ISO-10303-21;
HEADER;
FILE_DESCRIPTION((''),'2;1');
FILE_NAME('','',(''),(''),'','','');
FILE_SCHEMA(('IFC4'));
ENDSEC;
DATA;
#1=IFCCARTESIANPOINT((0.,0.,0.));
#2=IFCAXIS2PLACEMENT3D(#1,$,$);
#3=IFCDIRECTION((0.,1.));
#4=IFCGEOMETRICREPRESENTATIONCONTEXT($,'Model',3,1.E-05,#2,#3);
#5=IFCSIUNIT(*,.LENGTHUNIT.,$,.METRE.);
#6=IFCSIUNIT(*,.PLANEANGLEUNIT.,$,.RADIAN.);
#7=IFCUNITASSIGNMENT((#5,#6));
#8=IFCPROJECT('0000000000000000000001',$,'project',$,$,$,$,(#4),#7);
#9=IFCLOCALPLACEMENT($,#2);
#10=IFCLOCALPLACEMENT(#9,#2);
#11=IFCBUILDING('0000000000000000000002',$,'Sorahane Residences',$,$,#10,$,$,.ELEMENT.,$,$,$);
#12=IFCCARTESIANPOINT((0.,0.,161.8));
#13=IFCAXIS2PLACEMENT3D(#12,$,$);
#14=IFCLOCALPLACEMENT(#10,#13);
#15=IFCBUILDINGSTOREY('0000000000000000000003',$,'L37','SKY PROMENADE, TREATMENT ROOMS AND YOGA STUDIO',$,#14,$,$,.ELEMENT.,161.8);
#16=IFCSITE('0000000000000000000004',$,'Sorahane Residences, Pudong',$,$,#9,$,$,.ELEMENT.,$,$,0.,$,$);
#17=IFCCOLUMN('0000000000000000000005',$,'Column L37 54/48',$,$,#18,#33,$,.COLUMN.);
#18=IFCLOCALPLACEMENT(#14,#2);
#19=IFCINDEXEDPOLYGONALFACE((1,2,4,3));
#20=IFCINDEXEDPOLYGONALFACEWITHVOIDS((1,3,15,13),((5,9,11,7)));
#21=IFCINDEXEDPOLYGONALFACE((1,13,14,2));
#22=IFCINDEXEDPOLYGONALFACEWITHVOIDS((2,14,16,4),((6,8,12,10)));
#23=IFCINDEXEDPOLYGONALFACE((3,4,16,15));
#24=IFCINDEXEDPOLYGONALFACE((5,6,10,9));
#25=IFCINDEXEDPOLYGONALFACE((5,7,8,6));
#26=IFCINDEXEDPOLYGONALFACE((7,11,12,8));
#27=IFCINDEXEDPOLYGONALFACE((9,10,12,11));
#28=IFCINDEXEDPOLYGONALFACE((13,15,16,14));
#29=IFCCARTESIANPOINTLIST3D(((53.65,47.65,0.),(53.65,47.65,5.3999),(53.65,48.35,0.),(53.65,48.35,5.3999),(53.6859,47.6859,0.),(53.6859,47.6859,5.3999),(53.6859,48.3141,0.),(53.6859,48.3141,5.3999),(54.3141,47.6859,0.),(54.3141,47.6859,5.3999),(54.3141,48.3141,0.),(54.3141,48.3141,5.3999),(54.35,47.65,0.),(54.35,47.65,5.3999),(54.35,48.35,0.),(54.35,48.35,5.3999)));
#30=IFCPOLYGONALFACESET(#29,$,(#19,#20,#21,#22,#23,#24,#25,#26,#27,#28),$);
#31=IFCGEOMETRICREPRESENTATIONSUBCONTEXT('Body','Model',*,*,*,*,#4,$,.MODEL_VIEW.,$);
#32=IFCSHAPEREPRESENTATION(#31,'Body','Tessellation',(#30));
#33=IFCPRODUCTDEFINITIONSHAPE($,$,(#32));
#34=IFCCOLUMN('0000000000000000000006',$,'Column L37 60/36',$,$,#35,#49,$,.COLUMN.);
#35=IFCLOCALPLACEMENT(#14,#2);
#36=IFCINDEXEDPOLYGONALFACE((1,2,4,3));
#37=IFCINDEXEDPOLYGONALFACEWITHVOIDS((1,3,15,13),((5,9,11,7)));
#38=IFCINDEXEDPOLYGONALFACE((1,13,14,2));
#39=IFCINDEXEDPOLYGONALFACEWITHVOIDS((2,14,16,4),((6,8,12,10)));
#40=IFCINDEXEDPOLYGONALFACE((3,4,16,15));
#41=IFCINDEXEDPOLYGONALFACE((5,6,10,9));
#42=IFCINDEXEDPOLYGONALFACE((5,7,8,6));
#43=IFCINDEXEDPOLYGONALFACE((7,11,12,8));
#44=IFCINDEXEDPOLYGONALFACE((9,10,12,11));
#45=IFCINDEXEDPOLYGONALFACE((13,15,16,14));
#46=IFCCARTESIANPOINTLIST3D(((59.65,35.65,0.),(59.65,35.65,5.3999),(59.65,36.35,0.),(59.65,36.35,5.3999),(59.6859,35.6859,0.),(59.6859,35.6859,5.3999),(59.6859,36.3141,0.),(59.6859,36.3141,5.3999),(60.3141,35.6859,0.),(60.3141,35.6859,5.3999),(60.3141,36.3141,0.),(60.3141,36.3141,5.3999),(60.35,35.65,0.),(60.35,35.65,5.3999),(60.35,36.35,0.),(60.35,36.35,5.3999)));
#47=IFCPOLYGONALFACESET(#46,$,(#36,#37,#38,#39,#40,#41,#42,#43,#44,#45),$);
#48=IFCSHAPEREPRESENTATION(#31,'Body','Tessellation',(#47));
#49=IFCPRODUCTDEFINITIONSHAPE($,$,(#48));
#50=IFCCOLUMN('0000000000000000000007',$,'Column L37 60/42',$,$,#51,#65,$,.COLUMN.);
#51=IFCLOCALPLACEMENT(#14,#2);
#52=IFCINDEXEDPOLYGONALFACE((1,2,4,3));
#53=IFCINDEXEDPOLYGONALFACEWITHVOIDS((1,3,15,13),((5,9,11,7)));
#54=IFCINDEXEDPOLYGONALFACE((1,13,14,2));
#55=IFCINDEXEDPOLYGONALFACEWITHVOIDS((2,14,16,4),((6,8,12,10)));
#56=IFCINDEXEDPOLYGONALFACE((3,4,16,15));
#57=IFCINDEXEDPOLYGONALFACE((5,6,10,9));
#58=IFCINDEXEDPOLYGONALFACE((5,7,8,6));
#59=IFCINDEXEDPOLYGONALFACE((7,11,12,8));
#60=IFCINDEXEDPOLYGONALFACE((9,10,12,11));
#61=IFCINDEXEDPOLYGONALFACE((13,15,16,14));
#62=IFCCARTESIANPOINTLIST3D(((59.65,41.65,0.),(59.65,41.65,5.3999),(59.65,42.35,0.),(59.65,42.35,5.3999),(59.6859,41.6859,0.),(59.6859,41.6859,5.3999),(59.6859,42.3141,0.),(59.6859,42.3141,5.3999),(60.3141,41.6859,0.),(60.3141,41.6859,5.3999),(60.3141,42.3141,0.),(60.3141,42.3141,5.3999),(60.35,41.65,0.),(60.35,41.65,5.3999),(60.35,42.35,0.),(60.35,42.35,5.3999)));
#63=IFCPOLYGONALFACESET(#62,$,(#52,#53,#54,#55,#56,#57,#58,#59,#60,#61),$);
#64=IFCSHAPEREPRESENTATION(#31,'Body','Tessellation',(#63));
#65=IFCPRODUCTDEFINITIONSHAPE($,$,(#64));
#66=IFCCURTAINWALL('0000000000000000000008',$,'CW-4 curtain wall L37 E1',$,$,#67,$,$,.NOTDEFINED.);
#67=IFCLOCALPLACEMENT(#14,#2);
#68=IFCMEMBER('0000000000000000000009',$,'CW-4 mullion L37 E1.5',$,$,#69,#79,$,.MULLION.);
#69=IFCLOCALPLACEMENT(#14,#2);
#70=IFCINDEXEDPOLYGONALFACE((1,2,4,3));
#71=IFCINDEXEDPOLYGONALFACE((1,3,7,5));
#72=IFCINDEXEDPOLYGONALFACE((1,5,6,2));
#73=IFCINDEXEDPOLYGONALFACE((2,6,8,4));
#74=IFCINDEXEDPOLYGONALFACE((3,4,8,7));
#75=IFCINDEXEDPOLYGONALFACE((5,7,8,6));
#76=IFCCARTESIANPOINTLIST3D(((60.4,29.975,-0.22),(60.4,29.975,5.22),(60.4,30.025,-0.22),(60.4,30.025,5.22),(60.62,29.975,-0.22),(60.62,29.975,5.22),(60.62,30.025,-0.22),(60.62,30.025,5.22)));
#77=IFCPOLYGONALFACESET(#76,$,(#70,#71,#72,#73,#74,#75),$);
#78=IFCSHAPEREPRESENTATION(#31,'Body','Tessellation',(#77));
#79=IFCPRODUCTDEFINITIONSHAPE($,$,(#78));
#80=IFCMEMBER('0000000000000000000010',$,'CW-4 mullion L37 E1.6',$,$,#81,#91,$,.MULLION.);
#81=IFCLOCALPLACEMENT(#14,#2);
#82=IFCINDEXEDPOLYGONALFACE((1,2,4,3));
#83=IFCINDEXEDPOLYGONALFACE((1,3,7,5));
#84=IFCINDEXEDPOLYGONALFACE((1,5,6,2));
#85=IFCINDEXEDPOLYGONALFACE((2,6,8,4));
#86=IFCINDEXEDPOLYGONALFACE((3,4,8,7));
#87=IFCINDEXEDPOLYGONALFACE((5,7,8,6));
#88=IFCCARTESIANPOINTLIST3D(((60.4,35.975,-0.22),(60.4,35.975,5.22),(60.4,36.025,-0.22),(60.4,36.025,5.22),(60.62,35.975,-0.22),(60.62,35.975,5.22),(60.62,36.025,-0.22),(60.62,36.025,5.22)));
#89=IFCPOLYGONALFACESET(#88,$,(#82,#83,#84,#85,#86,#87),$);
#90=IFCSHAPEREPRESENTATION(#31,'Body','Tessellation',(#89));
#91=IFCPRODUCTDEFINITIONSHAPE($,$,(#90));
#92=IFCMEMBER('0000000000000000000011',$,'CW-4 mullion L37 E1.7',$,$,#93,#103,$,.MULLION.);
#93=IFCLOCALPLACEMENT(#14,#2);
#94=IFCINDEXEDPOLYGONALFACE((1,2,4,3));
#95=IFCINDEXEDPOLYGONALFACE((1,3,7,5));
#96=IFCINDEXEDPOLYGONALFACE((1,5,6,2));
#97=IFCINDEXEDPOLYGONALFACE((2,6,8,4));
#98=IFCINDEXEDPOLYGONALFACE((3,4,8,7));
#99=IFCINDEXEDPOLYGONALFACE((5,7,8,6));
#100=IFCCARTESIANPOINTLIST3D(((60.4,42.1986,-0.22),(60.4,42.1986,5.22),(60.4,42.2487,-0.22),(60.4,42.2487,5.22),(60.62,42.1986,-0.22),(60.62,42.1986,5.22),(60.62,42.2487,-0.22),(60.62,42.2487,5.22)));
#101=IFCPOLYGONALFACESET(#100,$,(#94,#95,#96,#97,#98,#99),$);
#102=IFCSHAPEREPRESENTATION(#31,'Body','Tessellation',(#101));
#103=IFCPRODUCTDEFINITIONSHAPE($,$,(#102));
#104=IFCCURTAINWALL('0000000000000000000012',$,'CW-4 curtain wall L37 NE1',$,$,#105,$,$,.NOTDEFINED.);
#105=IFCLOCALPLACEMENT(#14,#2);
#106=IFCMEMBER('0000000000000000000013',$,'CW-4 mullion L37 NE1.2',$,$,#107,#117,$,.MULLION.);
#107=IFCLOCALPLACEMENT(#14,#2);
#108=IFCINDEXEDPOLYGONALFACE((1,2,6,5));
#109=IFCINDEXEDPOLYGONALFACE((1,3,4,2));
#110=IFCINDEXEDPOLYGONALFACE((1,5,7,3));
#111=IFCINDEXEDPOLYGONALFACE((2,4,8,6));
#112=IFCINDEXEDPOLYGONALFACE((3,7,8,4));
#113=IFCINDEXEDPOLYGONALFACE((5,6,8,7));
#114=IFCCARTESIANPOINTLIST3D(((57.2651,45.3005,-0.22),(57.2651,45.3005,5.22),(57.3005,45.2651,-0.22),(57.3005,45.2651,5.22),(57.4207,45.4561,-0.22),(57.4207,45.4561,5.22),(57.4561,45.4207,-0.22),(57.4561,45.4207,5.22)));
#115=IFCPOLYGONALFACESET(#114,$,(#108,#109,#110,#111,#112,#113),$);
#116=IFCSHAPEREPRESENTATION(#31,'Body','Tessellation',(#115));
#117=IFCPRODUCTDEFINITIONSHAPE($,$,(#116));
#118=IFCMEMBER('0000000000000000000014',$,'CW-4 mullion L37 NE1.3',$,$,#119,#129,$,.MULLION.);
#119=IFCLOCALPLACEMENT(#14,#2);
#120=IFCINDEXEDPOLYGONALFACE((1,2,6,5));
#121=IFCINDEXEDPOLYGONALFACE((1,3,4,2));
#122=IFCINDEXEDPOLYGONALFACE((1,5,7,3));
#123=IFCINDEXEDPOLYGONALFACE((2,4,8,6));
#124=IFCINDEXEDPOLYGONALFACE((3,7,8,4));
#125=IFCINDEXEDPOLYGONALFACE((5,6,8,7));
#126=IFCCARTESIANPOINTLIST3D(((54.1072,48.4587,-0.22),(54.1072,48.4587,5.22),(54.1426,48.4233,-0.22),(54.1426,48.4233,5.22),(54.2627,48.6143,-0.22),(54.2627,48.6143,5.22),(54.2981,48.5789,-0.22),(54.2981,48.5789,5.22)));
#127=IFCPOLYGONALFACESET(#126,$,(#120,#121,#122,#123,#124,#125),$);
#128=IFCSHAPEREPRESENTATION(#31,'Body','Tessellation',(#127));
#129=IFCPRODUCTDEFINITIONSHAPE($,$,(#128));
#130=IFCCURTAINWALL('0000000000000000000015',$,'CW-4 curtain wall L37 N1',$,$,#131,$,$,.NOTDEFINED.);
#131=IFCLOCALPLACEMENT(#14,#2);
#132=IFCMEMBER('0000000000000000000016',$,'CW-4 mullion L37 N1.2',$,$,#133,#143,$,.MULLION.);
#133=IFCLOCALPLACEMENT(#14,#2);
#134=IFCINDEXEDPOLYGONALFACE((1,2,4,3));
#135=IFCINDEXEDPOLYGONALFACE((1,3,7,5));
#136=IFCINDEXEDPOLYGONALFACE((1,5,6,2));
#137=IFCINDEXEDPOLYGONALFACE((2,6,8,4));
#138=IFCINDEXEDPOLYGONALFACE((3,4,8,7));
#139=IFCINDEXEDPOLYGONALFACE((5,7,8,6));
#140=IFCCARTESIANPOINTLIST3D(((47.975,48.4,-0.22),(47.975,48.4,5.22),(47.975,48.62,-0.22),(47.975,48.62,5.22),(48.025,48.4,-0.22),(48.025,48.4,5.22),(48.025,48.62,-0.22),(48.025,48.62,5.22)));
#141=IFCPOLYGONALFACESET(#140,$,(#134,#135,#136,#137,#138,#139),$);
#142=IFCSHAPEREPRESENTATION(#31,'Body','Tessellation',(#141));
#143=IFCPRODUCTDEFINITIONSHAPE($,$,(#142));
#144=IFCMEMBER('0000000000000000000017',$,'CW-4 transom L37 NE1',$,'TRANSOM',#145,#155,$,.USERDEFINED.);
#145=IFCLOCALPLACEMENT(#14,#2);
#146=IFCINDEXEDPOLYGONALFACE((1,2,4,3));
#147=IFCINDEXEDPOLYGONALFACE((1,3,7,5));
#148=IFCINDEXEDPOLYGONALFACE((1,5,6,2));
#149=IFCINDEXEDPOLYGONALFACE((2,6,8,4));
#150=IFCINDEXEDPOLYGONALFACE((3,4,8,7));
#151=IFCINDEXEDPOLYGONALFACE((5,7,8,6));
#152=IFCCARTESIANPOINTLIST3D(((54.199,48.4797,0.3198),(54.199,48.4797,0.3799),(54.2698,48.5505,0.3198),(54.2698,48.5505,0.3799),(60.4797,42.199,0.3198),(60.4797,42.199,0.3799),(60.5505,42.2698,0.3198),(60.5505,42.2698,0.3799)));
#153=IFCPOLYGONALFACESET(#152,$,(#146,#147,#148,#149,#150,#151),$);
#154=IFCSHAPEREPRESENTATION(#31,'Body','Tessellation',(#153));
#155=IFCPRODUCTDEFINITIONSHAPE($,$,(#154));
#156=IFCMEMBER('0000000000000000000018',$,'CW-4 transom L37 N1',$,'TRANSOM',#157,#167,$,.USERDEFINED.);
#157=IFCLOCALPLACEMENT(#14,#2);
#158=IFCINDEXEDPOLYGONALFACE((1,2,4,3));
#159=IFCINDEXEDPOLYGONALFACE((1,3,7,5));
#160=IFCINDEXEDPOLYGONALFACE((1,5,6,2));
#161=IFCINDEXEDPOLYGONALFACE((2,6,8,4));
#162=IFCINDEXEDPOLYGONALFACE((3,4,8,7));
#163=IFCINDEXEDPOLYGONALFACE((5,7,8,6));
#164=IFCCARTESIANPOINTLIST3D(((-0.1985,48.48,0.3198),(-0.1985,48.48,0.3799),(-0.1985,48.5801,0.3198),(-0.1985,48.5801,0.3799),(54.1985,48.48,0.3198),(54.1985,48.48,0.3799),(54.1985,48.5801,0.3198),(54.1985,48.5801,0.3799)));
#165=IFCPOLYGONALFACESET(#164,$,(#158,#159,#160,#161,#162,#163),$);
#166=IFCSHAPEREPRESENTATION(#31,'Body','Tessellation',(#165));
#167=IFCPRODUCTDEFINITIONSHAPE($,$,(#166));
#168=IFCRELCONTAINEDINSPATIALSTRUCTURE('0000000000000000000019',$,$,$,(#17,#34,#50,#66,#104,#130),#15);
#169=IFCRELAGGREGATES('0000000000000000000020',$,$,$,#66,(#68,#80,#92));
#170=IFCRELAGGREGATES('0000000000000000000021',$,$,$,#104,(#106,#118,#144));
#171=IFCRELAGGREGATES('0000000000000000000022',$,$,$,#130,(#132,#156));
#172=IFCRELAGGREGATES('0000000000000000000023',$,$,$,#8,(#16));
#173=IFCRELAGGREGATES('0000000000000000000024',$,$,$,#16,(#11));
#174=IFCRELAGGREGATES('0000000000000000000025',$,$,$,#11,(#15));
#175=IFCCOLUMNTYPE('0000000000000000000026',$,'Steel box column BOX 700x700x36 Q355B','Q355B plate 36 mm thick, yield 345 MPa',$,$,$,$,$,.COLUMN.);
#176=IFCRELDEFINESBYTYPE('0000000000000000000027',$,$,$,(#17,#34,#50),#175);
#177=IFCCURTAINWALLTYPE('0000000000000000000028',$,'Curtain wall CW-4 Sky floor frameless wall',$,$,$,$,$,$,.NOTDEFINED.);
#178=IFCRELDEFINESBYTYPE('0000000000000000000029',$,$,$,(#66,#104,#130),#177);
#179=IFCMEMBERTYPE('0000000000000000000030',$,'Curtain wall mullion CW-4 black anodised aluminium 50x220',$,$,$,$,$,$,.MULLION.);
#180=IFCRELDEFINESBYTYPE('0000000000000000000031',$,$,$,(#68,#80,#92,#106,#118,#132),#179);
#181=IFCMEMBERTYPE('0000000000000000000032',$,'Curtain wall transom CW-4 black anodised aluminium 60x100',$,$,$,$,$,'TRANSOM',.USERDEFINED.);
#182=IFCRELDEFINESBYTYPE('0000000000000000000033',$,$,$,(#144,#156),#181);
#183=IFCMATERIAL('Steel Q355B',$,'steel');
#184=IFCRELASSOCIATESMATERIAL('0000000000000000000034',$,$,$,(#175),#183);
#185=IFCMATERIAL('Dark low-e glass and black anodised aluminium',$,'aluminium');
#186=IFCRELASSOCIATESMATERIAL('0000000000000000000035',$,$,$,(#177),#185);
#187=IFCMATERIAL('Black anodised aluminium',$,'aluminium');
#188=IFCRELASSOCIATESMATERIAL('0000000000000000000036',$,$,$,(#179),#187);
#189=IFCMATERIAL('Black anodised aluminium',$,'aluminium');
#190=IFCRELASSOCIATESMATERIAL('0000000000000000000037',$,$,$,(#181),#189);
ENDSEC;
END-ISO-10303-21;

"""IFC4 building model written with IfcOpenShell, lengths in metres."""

from ifc_helpers import new_model, si_unit, direction, frame, origin, origin_2d, place, context, subcontext, project, spatial, rectangle, hollow_rectangle, extrude, material, material_profile, profile_set, type_object, element, aggregate, save


model = new_model("IFC4")

# Units and contexts
model_context = context("Model", 3, precision=1e-05, world=origin(), true_north=direction((0.0, 1.0)))
body_context = subcontext(model_context, "Body", "Model", "MODEL_VIEW")
ifc_project = project(units=[si_unit("LENGTHUNIT", "METRE"), si_unit("PLANEANGLEUNIT", "RADIAN")], contexts=[model_context])

# Site, building, storey
site_placement = place(None, origin())
site = spatial("IfcSite", under=ifc_project, at=site_placement, Name="Sorahane Residences, Pudong", CompositionType="ELEMENT", RefElevation=0.0)
building_placement = place(site_placement, origin())
building = spatial("IfcBuilding", under=site, at=building_placement, Name="Sorahane Residences", CompositionType="ELEMENT")
storey_placement = place(building_placement, frame((0.0, 0.0, 161.8)))
storey = spatial("IfcBuildingStorey", under=building, at=storey_placement, Name="L37", Description="SKY PROMENADE, TREATMENT ROOMS AND YOGA STUDIO", CompositionType="ELEMENT", Elevation=161.8)

# Columns
ifc_material_1 = material(Name="Steel Q355B", Category="steel")
ifc_material_profile_1 = material_profile(ifc_material_1, hollow_rectangle(XDim=0.7, YDim=0.7, WallThickness=0.0359, at=origin_2d()), Name="BOX 700x700x36")
ifc_profile_set_1 = profile_set([ifc_material_profile_1], Name="Steel Q355B")
column_type = type_object("IfcColumnType", Name="Steel box column BOX 700x700x36 Q355B", Description="Q355B plate 36 mm thick, yield 345 MPa", PredefinedType="COLUMN", material=ifc_profile_set_1)
for number, where, z_axis, x_axis, name in (
    (1, (54.0, 48.0, 0.0), (0.0, 0.0, 1.0), (1.0, 0.0, 0.0), "Column L37 54/48"),
    (2, (60.0, 36.0, 0.0), (0.0, 0.0, 1.0), (1.0, 0.0, 0.0), "Column L37 60/36"),
    (3, (60.0, 42.0, 0.0), (0.0, 0.0, 1.0), (1.0, 0.0, 0.0), "Column L37 60/42"),
):
    element("IfcColumn", number, at=place(storey_placement, frame(where, z_axis=z_axis, x_axis=x_axis)), inside=storey, type_object=column_type, Name=name, PredefinedType="COLUMN", context=body_context, shape_type="SweptSolid", body=[
        extrude(hollow_rectangle(XDim=0.7, YDim=0.7, WallThickness=0.0359, at=origin_2d()), origin(), (0.0, 0.0, 1.0), 5.3999),
    ])

# Curtain walls, members
ifc_material_2 = material(Name="Dark low-e glass and black anodised aluminium", Category="aluminium")
curtain_wall_type = type_object("IfcCurtainWallType", Name="Curtain wall CW-4 Sky floor frameless wall", PredefinedType="NOTDEFINED", material=ifc_material_2)
curtain_wall_1_placement = place(storey_placement, origin())
curtain_wall_1 = element("IfcCurtainWall", 4, at=curtain_wall_1_placement, inside=storey, type_object=curtain_wall_type, Name="CW-4 curtain wall L37 E1", PredefinedType="NOTDEFINED")
ifc_material_3 = material(Name="Black anodised aluminium", Category="aluminium")
ifc_material_profile_2 = material_profile(ifc_material_3, rectangle(XDim=0.22, YDim=0.05, at=origin_2d()), Name="Curtain wall mullion CW-4 black anodised aluminium 50x220")
ifc_profile_set_2 = profile_set([ifc_material_profile_2], Name="Black anodised aluminium")
member_type_1 = type_object("IfcMemberType", Name="Curtain wall mullion CW-4 black anodised aluminium 50x220", PredefinedType="MULLION", material=ifc_profile_set_2)
member_1_placement = place(storey_placement, frame((60.51, 30.0, -0.22), z_axis=(0.0, 0.0, 1.0), x_axis=(1.0, 0.0, 0.0)))
member_1 = element("IfcMember", 5, at=member_1_placement, type_object=member_type_1, Name="CW-4 mullion L37 E1.5", PredefinedType="MULLION", context=body_context, shape_type="SweptSolid", body=[
    extrude(rectangle(XDim=0.22, YDim=0.05, at=origin_2d()), origin(), (0.0, 0.0, 1.0), 5.4399),
])
member_2_placement = place(storey_placement, frame((60.51, 36.0, -0.22), z_axis=(0.0, 0.0, 1.0), x_axis=(1.0, 0.0, 0.0)))
member_2 = element("IfcMember", 6, at=member_2_placement, type_object=member_type_1, Name="CW-4 mullion L37 E1.6", PredefinedType="MULLION", context=body_context, shape_type="SweptSolid", body=[
    extrude(rectangle(XDim=0.22, YDim=0.05, at=origin_2d()), origin(), (0.0, 0.0, 1.0), 5.4399),
])
member_3_placement = place(storey_placement, frame((60.51, 42.2236, -0.22), z_axis=(0.0, 0.0, 1.0), x_axis=(1.0, 0.0, 0.0)))
member_3 = element("IfcMember", 7, at=member_3_placement, type_object=member_type_1, Name="CW-4 mullion L37 E1.7", PredefinedType="MULLION", context=body_context, shape_type="SweptSolid", body=[
    extrude(rectangle(XDim=0.22, YDim=0.05, at=origin_2d()), origin(), (0.0, 0.0, 1.0), 5.4399),
])
curtain_wall_2_placement = place(storey_placement, origin())
curtain_wall_2 = element("IfcCurtainWall", 8, at=curtain_wall_2_placement, inside=storey, type_object=curtain_wall_type, Name="CW-4 curtain wall L37 NE1", PredefinedType="NOTDEFINED")
member_4_placement = place(storey_placement, frame((57.3606, 45.3606, -0.22), z_axis=(0.0, 0.0, 1.0), x_axis=(0.707107, 0.707107, 0.0)))
member_4 = element("IfcMember", 9, at=member_4_placement, type_object=member_type_1, Name="CW-4 mullion L37 NE1.2", PredefinedType="MULLION", context=body_context, shape_type="SweptSolid", body=[
    extrude(rectangle(XDim=0.22, YDim=0.05, at=origin_2d()), origin(), (0.0, 0.0, 1.0), 5.4399),
])
member_5_placement = place(storey_placement, frame((54.2026, 48.5188, -0.22), z_axis=(0.0, 0.0, 1.0), x_axis=(0.707107, 0.707107, 0.0)))
member_5 = element("IfcMember", 10, at=member_5_placement, type_object=member_type_1, Name="CW-4 mullion L37 NE1.3", PredefinedType="MULLION", context=body_context, shape_type="SweptSolid", body=[
    extrude(rectangle(XDim=0.22, YDim=0.05, at=origin_2d()), origin(), (0.0, 0.0, 1.0), 5.4399),
])

# Curtain wall, member
curtain_wall_3_placement = place(storey_placement, origin())
curtain_wall_3 = element("IfcCurtainWall", 11, at=curtain_wall_3_placement, inside=storey, type_object=curtain_wall_type, Name="CW-4 curtain wall L37 N1", PredefinedType="NOTDEFINED")
member_6_placement = place(storey_placement, frame((48.0, 48.51, -0.22), z_axis=(0.0, 0.0, 1.0), x_axis=(0.0, 1.0, 0.0)))
member_6 = element("IfcMember", 12, at=member_6_placement, type_object=member_type_1, Name="CW-4 mullion L37 N1.2", PredefinedType="MULLION", context=body_context, shape_type="SweptSolid", body=[
    extrude(rectangle(XDim=0.22, YDim=0.05, at=origin_2d()), origin(), (0.0, 0.0, 1.0), 5.4399),
])

# Members
ifc_material_4 = material(Name="Black anodised aluminium", Category="aluminium")
ifc_material_profile_3 = material_profile(ifc_material_4, rectangle(XDim=0.1001, YDim=0.0601, at=origin_2d()), Name="Curtain wall transom CW-4 black anodised aluminium 60x100")
ifc_profile_set_3 = profile_set([ifc_material_profile_3], Name="Black anodised aluminium")
member_type_2 = type_object("IfcMemberType", Name="Curtain wall transom CW-4 black anodised aluminium 60x100", ElementType="TRANSOM", PredefinedType="USERDEFINED", material=ifc_profile_set_3)
member_7_placement = place(storey_placement, frame((60.5151, 42.2344, 0.3499), z_axis=(-0.707107, 0.707107, 0.0), x_axis=(-0.707107, -0.707107, 0.0)))
member_7 = element("IfcMember", 13, at=member_7_placement, type_object=member_type_2, Name="CW-4 transom L37 NE1", ObjectType="TRANSOM", PredefinedType="USERDEFINED", context=body_context, shape_type="SweptSolid", body=[
    extrude(rectangle(XDim=0.1001, YDim=0.0601, at=origin_2d()), origin(), (0.0, 0.0, 1.0), 8.8823),
])
member_8_placement = place(storey_placement, frame((54.1985, 48.53, 0.3499), z_axis=(-1.0, 0.0, 0.0), x_axis=(0.0, -1.0, 0.0)))
member_8 = element("IfcMember", 14, at=member_8_placement, type_object=member_type_2, Name="CW-4 transom L37 N1", ObjectType="TRANSOM", PredefinedType="USERDEFINED", context=body_context, shape_type="SweptSolid", body=[
    extrude(rectangle(XDim=0.1001, YDim=0.0601, at=origin_2d()), origin(), (0.0, 0.0, 1.0), 54.397),
])

aggregate(curtain_wall_1, [member_1, member_2, member_3])
aggregate(curtain_wall_2, [member_4, member_5, member_7])
aggregate(curtain_wall_3, [member_6, member_8])

save(model, "model.ifc")
